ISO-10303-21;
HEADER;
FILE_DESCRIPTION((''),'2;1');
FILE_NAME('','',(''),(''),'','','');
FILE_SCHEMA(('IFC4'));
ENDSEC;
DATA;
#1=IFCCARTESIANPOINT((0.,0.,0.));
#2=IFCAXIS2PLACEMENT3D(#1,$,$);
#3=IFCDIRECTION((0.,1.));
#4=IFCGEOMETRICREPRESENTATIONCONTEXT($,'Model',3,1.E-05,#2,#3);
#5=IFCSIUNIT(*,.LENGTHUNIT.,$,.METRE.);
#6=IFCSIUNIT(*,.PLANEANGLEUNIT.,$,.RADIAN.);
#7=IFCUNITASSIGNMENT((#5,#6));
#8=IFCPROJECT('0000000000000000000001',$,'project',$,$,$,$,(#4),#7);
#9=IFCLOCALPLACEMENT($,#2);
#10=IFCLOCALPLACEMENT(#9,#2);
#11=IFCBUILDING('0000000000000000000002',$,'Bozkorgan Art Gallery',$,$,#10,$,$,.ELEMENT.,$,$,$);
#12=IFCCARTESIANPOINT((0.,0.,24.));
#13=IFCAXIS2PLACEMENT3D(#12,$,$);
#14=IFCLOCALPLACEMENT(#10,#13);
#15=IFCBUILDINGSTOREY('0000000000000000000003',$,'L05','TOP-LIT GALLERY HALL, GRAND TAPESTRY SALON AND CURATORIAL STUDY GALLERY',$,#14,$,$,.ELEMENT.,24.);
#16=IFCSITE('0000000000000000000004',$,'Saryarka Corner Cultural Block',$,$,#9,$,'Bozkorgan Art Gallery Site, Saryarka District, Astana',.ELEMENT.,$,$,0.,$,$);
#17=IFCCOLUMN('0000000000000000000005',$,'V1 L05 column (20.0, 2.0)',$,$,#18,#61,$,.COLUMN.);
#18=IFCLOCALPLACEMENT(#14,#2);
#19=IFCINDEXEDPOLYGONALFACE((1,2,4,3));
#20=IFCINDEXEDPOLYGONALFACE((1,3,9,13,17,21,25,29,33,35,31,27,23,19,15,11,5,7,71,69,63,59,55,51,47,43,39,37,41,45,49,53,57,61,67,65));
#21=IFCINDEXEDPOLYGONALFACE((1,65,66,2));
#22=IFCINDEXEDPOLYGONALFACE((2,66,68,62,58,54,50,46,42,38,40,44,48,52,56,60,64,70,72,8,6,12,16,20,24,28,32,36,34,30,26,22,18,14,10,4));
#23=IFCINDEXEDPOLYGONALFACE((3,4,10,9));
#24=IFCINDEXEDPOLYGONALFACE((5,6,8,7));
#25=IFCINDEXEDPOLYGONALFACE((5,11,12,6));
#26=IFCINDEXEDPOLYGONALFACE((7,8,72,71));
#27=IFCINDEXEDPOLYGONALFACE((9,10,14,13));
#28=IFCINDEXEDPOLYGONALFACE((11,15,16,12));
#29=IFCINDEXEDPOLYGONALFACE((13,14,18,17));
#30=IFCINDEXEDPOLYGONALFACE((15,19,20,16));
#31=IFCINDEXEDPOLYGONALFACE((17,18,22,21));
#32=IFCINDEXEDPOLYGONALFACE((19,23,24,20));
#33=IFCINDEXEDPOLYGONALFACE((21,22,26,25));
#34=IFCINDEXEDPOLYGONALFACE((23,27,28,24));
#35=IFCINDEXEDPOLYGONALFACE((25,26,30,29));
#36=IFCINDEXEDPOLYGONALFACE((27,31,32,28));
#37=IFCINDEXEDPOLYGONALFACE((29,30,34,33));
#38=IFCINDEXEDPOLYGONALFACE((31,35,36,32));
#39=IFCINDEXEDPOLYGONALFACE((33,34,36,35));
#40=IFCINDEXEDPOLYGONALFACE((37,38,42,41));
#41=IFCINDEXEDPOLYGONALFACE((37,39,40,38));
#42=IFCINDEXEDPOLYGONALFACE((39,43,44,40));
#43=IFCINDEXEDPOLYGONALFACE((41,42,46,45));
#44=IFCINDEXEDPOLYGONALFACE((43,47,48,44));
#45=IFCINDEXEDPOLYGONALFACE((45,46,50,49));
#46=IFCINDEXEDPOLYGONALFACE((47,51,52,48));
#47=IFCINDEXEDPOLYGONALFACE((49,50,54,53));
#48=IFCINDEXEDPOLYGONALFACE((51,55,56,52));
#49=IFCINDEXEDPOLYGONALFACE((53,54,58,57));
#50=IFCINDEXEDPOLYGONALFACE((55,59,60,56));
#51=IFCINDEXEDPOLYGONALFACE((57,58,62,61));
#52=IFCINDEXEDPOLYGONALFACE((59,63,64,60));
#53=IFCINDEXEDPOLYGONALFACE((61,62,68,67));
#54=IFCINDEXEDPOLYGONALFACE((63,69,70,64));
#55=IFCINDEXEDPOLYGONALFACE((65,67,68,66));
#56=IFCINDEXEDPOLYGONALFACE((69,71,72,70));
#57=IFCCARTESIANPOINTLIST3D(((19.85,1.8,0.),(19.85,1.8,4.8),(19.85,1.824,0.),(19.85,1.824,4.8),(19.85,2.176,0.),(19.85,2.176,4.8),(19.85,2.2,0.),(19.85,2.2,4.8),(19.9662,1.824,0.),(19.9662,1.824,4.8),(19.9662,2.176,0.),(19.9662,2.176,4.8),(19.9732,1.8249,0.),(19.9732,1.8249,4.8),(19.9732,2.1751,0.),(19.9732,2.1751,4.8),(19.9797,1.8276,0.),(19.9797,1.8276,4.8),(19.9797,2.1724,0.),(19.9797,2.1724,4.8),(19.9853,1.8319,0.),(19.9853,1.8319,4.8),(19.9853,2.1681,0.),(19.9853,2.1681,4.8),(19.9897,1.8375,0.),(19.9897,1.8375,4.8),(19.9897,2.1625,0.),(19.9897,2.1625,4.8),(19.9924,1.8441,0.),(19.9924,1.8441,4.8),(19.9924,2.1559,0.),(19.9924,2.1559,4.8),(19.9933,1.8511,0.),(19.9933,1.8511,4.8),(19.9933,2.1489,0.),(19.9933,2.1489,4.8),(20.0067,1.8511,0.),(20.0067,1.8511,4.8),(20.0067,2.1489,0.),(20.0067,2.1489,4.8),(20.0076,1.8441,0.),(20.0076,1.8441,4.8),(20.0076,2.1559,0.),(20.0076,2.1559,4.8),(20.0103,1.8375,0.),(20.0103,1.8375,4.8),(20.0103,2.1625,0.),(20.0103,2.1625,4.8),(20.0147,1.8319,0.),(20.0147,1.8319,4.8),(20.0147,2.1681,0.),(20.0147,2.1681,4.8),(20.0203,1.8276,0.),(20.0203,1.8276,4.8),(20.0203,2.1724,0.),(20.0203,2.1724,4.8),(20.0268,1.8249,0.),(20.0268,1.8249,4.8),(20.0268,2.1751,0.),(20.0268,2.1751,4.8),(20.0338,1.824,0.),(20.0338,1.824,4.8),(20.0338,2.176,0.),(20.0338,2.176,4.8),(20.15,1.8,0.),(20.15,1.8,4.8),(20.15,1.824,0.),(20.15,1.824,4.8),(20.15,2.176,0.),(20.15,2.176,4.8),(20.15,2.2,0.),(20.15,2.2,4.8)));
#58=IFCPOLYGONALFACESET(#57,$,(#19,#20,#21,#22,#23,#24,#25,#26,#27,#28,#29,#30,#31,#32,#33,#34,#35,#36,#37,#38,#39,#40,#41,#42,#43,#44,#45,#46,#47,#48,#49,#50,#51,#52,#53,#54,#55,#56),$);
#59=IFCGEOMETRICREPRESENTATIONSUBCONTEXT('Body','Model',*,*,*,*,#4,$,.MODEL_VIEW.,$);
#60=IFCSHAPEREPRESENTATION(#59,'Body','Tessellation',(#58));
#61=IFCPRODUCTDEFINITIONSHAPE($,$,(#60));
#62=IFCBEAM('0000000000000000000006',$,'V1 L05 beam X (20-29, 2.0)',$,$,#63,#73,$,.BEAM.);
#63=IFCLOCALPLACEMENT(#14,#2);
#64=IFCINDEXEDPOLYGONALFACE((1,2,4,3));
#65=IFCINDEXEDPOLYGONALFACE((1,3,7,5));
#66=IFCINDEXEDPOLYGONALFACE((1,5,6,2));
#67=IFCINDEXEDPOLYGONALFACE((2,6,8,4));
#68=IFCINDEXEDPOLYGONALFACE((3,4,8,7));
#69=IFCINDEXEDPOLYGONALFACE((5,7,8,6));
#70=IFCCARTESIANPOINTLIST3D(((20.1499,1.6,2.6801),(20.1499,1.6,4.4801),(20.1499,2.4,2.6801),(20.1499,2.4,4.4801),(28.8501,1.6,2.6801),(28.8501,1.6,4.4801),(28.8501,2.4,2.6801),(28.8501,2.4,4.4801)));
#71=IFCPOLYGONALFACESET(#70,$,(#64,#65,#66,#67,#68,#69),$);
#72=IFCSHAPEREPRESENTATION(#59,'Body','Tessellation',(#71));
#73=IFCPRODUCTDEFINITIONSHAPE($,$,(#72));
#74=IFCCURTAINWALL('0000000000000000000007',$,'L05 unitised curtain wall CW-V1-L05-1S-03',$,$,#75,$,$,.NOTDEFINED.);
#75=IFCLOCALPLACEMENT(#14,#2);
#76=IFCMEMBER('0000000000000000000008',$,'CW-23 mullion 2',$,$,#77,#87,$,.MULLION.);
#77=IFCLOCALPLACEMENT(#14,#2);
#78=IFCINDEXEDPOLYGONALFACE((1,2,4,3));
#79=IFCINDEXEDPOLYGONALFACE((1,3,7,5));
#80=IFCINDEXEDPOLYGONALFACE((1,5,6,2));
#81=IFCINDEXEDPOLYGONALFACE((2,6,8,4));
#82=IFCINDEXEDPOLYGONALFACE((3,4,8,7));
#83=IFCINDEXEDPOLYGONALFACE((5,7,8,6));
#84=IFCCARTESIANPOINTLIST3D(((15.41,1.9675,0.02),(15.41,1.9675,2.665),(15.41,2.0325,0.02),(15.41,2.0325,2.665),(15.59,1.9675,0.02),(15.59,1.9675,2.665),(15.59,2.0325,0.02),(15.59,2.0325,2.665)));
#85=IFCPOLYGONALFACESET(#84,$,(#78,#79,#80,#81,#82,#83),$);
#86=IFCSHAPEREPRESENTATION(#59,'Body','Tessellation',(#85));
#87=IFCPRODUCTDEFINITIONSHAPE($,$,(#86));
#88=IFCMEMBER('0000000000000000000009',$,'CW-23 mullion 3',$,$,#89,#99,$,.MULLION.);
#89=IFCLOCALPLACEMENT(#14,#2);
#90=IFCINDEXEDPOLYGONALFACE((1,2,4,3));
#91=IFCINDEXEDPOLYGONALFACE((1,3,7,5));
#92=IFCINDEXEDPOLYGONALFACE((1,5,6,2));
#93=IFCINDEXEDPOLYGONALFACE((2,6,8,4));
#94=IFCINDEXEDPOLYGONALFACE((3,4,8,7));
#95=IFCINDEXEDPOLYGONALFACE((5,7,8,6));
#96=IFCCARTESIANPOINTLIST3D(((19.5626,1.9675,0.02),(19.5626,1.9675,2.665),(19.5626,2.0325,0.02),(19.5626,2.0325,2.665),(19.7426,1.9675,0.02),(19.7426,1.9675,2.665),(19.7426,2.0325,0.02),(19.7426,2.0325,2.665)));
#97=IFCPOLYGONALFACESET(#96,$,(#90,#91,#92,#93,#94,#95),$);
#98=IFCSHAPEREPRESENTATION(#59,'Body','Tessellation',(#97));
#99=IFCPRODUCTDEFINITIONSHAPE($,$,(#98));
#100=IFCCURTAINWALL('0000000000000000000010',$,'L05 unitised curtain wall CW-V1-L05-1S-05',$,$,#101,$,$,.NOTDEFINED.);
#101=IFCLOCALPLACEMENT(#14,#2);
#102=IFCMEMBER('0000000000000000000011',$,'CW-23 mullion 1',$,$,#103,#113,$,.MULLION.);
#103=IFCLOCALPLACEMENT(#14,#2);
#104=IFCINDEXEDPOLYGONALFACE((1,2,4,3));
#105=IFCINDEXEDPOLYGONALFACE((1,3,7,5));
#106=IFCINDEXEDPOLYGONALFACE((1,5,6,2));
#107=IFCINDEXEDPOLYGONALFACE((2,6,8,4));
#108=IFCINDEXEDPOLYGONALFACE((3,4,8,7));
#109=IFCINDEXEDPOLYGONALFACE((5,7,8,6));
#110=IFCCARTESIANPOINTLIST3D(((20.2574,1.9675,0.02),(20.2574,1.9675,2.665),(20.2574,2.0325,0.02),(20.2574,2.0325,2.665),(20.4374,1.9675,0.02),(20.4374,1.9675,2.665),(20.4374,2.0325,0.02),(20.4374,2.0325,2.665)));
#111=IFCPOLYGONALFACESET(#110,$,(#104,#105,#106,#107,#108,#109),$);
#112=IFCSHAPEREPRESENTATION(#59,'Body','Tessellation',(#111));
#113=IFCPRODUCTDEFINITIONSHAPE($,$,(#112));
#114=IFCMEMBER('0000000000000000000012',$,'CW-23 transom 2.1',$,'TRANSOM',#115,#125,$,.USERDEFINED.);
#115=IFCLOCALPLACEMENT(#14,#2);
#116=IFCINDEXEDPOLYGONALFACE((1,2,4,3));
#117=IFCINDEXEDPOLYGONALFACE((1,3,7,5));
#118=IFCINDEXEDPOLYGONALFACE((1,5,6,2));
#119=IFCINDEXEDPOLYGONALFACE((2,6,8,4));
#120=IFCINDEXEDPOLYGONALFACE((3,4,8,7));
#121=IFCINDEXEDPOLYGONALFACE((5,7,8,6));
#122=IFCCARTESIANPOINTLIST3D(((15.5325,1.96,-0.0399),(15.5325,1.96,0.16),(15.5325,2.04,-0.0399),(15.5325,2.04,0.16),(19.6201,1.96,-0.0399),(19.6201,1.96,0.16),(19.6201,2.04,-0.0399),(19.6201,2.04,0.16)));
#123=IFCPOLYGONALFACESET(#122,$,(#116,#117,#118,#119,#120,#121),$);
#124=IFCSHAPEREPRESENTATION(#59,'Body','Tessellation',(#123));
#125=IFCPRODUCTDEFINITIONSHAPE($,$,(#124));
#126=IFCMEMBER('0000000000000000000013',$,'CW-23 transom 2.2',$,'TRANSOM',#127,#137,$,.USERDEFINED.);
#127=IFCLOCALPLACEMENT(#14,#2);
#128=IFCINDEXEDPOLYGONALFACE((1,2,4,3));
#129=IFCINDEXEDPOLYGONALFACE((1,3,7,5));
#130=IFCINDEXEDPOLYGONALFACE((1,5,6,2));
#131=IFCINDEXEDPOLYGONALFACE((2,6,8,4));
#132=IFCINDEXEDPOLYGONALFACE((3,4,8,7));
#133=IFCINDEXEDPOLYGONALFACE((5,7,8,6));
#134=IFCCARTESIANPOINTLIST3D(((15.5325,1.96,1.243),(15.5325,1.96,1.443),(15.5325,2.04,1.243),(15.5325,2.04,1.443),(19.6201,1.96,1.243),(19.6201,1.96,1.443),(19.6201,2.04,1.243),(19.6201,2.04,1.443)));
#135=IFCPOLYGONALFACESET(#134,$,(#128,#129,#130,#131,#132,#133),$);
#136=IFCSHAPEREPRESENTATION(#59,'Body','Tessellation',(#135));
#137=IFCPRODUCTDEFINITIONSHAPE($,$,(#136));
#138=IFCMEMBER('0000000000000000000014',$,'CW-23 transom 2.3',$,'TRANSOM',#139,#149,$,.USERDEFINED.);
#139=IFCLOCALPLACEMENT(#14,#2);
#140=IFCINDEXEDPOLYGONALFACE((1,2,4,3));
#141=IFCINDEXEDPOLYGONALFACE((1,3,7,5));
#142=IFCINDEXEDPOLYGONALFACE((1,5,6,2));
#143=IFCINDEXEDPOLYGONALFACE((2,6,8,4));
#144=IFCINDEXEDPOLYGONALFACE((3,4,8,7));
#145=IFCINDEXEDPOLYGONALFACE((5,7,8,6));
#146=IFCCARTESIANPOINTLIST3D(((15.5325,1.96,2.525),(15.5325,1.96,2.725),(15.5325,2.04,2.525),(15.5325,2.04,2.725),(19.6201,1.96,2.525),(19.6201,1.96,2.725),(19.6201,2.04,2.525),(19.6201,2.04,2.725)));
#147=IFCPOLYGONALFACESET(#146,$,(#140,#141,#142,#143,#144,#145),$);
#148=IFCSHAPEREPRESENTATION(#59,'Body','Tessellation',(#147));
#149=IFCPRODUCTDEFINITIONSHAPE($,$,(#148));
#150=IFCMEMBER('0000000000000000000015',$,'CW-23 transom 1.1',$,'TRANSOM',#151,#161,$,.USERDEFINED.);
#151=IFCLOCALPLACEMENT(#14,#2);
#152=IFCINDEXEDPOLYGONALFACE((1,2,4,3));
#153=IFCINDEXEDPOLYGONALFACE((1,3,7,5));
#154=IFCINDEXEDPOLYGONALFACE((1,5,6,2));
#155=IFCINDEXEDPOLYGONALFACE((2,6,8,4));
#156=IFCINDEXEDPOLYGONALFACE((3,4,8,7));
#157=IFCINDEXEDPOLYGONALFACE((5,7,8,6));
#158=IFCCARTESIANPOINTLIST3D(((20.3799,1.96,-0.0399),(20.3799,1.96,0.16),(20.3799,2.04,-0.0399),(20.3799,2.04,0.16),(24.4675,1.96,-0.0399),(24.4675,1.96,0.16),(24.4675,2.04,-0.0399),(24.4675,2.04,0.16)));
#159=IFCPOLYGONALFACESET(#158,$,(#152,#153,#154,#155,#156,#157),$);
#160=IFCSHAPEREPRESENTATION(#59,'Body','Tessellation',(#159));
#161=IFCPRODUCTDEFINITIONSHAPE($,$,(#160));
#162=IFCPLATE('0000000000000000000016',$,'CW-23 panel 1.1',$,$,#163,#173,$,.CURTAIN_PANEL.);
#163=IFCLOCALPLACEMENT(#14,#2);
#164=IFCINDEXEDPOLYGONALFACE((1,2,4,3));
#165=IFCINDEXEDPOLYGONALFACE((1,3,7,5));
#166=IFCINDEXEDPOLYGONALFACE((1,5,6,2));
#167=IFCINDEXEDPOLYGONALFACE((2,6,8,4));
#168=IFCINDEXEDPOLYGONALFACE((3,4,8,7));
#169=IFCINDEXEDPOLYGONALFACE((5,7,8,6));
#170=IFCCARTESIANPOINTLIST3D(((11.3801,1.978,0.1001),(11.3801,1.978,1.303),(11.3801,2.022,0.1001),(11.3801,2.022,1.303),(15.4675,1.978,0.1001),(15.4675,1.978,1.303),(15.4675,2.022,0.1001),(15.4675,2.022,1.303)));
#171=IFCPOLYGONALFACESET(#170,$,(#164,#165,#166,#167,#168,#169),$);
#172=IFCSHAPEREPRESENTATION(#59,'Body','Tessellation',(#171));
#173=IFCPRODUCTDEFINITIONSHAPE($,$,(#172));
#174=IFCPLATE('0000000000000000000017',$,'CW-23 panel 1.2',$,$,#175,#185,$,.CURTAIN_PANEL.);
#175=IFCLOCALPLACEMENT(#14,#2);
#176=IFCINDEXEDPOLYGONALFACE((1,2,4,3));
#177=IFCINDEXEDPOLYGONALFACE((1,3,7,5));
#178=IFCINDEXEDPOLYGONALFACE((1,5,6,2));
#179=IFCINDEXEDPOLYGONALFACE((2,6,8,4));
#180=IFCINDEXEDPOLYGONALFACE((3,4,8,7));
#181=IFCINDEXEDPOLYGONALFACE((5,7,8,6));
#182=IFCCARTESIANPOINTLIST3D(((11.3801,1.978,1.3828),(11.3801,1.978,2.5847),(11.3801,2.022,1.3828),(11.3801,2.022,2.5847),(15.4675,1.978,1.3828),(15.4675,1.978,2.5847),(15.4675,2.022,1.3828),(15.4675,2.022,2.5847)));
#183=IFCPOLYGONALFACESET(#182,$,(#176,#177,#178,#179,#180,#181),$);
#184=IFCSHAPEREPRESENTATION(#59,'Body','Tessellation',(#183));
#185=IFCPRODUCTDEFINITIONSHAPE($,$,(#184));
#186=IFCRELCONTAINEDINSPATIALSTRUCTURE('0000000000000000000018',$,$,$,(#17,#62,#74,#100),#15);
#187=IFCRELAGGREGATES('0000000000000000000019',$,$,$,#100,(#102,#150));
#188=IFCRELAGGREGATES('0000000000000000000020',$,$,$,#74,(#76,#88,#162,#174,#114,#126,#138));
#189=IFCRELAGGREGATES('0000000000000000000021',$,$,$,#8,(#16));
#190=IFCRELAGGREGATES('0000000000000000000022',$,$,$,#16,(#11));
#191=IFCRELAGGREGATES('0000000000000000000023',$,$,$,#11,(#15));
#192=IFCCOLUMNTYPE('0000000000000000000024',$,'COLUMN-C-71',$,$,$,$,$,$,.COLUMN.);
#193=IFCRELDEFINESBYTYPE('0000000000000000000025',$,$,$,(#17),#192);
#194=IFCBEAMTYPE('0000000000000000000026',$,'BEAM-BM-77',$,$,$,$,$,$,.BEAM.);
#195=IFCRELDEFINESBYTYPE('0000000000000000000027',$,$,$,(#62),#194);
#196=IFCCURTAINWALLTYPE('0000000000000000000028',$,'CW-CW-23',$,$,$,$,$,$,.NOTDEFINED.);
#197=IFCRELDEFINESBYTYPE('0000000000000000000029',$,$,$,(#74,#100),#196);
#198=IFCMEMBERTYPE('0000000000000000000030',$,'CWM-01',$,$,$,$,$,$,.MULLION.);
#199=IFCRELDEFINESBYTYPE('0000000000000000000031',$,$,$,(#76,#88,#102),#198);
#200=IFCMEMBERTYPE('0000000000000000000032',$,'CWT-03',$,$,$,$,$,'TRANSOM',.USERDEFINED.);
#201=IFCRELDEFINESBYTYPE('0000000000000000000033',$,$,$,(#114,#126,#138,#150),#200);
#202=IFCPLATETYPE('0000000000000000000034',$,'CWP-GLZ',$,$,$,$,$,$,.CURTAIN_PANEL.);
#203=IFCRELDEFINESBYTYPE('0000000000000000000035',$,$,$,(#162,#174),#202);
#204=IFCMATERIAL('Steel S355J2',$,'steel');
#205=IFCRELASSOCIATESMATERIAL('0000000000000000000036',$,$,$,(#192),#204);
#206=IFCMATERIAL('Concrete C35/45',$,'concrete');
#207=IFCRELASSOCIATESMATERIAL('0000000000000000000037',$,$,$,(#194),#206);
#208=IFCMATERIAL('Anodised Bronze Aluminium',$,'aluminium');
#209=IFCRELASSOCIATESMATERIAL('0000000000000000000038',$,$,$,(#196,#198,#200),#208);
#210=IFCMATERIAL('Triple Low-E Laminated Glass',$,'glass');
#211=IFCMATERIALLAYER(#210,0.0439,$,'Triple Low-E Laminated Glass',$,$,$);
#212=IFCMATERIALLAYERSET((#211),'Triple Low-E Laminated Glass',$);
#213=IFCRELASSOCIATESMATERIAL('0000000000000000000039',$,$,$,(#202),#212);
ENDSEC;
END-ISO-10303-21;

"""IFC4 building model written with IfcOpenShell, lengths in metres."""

from ifc_helpers import new_model, si_unit, direction, frame, origin, origin_2d, place, context, subcontext, project, spatial, rectangle, i_section, extrude, material, layer, layer_set, material_profile, profile_set, type_object, element, aggregate, save


model = new_model("IFC4")

# Units and contexts
model_context = context("Model", 3, precision=1e-05, world=origin(), true_north=direction((0.0, 1.0)))
body_context = subcontext(model_context, "Body", "Model", "MODEL_VIEW")
ifc_project = project(units=[si_unit("LENGTHUNIT", "METRE"), si_unit("PLANEANGLEUNIT", "RADIAN")], contexts=[model_context])

# Site, building, storey
site_placement = place(None, origin())
site = spatial("IfcSite", under=ifc_project, at=site_placement, Name="Saryarka Corner Cultural Block", LongName="Bozkorgan Art Gallery Site, Saryarka District, Astana", CompositionType="ELEMENT", RefElevation=0.0)
building_placement = place(site_placement, origin())
building = spatial("IfcBuilding", under=site, at=building_placement, Name="Bozkorgan Art Gallery", CompositionType="ELEMENT")
storey_placement = place(building_placement, frame((0.0, 0.0, 24.0)))
storey = spatial("IfcBuildingStorey", under=building, at=storey_placement, Name="L05", Description="TOP-LIT GALLERY HALL, GRAND TAPESTRY SALON AND CURATORIAL STUDY GALLERY", CompositionType="ELEMENT", Elevation=24.0)

# Column
ifc_material_1 = material(Name="Steel S355J2", Category="steel")
ifc_material_profile_1 = material_profile(ifc_material_1, i_section(OverallWidth=0.3, OverallDepth=0.3999, WebThickness=0.0134, FlangeThickness=0.0239, FilletRadius=0.0271, at=origin_2d()), Name="HEB 400")
ifc_profile_set_1 = profile_set([ifc_material_profile_1], Name="Steel S355J2")
column_type = type_object("IfcColumnType", Name="COLUMN-C-71", PredefinedType="COLUMN", material=ifc_profile_set_1)
column_placement = place(storey_placement, frame((20.0, 2.0, 0.0), z_axis=(0.0, 0.0, 1.0), x_axis=(1.0, 0.0, 0.0)))
element("IfcColumn", 1, at=column_placement, inside=storey, type_object=column_type, Name="V1 L05 column (20.0, 2.0)", PredefinedType="COLUMN", context=body_context, shape_type="SweptSolid", body=[
    extrude(i_section(OverallWidth=0.3, OverallDepth=0.3999, WebThickness=0.0134, FlangeThickness=0.0239, FilletRadius=0.0271, at=origin_2d()), origin(), (0.0, 0.0, 1.0), 4.8),
])

# Beam
ifc_material_2 = material(Name="Concrete C35/45", Category="concrete")
ifc_material_profile_2 = material_profile(ifc_material_2, rectangle(XDim=0.8, YDim=1.8, at=origin_2d()), Name="RC 800x1800")
ifc_profile_set_2 = profile_set([ifc_material_profile_2], Name="Concrete C35/45")
beam_type = type_object("IfcBeamType", Name="BEAM-BM-77", PredefinedType="BEAM", material=ifc_profile_set_2)
beam_placement = place(storey_placement, frame((20.1499, 2.0, 3.5801), z_axis=(1.0, 0.0, 0.0), x_axis=(0.0, 1.0, 0.0)))
element("IfcBeam", 2, at=beam_placement, inside=storey, type_object=beam_type, Name="V1 L05 beam X (20-29, 2.0)", PredefinedType="BEAM", context=body_context, shape_type="SweptSolid", body=[
    extrude(rectangle(XDim=0.8, YDim=1.8, at=origin_2d()), origin(), (0.0, 0.0, 1.0), 8.7002),
])

# Curtain wall, members
ifc_material_3 = material(Name="Anodised Bronze Aluminium", Category="aluminium")
curtain_wall_type = type_object("IfcCurtainWallType", Name="CW-CW-23", PredefinedType="NOTDEFINED", material=ifc_material_3)
curtain_wall_1_placement = place(storey_placement, origin())
curtain_wall_1 = element("IfcCurtainWall", 3, at=curtain_wall_1_placement, inside=storey, type_object=curtain_wall_type, Name="L05 unitised curtain wall CW-V1-L05-1S-03", PredefinedType="NOTDEFINED")
ifc_material_profile_3 = material_profile(ifc_material_3, rectangle(XDim=0.0649, YDim=0.1799, at=origin_2d()), Name="ALU MULLION 65x180")
ifc_profile_set_3 = profile_set([ifc_material_profile_3], Name="Anodised Bronze Aluminium")
member_type_1 = type_object("IfcMemberType", Name="CWM-01", PredefinedType="MULLION", material=ifc_profile_set_3)
member_1_placement = place(storey_placement, frame((15.5, 2.0, 0.02), z_axis=(0.0, 0.0, 1.0), x_axis=(0.0, 1.0, 0.0)))
member_1 = element("IfcMember", 4, at=member_1_placement, type_object=member_type_1, Name="CW-23 mullion 2", PredefinedType="MULLION", context=body_context, shape_type="SweptSolid", body=[
    extrude(rectangle(XDim=0.0649, YDim=0.1799, at=origin_2d()), origin(), (0.0, 0.0, 1.0), 2.645),
])
member_2_placement = place(storey_placement, frame((19.6526, 2.0, 0.02), z_axis=(0.0, 0.0, 1.0), x_axis=(0.0, 1.0, 0.0)))
member_2 = element("IfcMember", 5, at=member_2_placement, type_object=member_type_1, Name="CW-23 mullion 3", PredefinedType="MULLION", context=body_context, shape_type="SweptSolid", body=[
    extrude(rectangle(XDim=0.0649, YDim=0.1799, at=origin_2d()), origin(), (0.0, 0.0, 1.0), 2.645),
])

# Curtain wall, member
curtain_wall_2_placement = place(storey_placement, origin())
curtain_wall_2 = element("IfcCurtainWall", 6, at=curtain_wall_2_placement, inside=storey, type_object=curtain_wall_type, Name="L05 unitised curtain wall CW-V1-L05-1S-05", PredefinedType="NOTDEFINED")
member_3_placement = place(storey_placement, frame((20.3474, 2.0, 0.02), z_axis=(0.0, 0.0, 1.0), x_axis=(0.0, 1.0, 0.0)))
member_3 = element("IfcMember", 7, at=member_3_placement, type_object=member_type_1, Name="CW-23 mullion 1", PredefinedType="MULLION", context=body_context, shape_type="SweptSolid", body=[
    extrude(rectangle(XDim=0.0649, YDim=0.1799, at=origin_2d()), origin(), (0.0, 0.0, 1.0), 2.645),
])

# Members
ifc_material_profile_4 = material_profile(ifc_material_3, rectangle(XDim=0.0801, YDim=0.2, at=origin_2d()), Name="ALU TRANSOM 80x200")
ifc_profile_set_4 = profile_set([ifc_material_profile_4], Name="Anodised Bronze Aluminium")
member_type_2 = type_object("IfcMemberType", Name="CWT-03", ElementType="TRANSOM", PredefinedType="USERDEFINED", material=ifc_profile_set_4)
member_4_placement = place(storey_placement, frame((15.5325, 2.0, 0.0601), z_axis=(1.0, 0.0, 0.0), x_axis=(0.0, 1.0, 0.0)))
member_4 = element("IfcMember", 8, at=member_4_placement, type_object=member_type_2, Name="CW-23 transom 2.1", ObjectType="TRANSOM", PredefinedType="USERDEFINED", context=body_context, shape_type="SweptSolid", body=[
    extrude(rectangle(XDim=0.0801, YDim=0.2, at=origin_2d()), origin(), (0.0, 0.0, 1.0), 4.0876),
])
member_5_placement = place(storey_placement, frame((15.5325, 2.0, 1.343), z_axis=(1.0, 0.0, 0.0), x_axis=(0.0, 1.0, 0.0)))
member_5 = element("IfcMember", 9, at=member_5_placement, type_object=member_type_2, Name="CW-23 transom 2.2", ObjectType="TRANSOM", PredefinedType="USERDEFINED", context=body_context, shape_type="SweptSolid", body=[
    extrude(rectangle(XDim=0.0801, YDim=0.2, at=origin_2d()), origin(), (0.0, 0.0, 1.0), 4.0876),
])
member_6_placement = place(storey_placement, frame((15.5325, 2.0, 2.625), z_axis=(1.0, 0.0, 0.0), x_axis=(0.0, 1.0, 0.0)))
member_6 = element("IfcMember", 10, at=member_6_placement, type_object=member_type_2, Name="CW-23 transom 2.3", ObjectType="TRANSOM", PredefinedType="USERDEFINED", context=body_context, shape_type="SweptSolid", body=[
    extrude(rectangle(XDim=0.0801, YDim=0.2, at=origin_2d()), origin(), (0.0, 0.0, 1.0), 4.0876),
])
member_7_placement = place(storey_placement, frame((20.3799, 2.0, 0.0601), z_axis=(1.0, 0.0, 0.0), x_axis=(0.0, 1.0, 0.0)))
member_7 = element("IfcMember", 11, at=member_7_placement, type_object=member_type_2, Name="CW-23 transom 1.1", ObjectType="TRANSOM", PredefinedType="USERDEFINED", context=body_context, shape_type="SweptSolid", body=[
    extrude(rectangle(XDim=0.0801, YDim=0.2, at=origin_2d()), origin(), (0.0, 0.0, 1.0), 4.0876),
])
aggregate(curtain_wall_2, [member_3, member_7])

# Plates
ifc_material_4 = material(Name="Triple Low-E Laminated Glass", Category="glass")
ifc_layer_1 = layer(ifc_material_4, 0.0439, Name="Triple Low-E Laminated Glass")
ifc_layer_set_1 = layer_set([ifc_layer_1], Name="Triple Low-E Laminated Glass")
plate_type_1 = type_object("IfcPlateType", Name="CWP-GLZ", PredefinedType="CURTAIN_PANEL", material=ifc_layer_set_1)
plate_1_placement = place(storey_placement, frame((13.4238, 2.0, 0.1001), z_axis=(0.0, 0.0, 1.0), x_axis=(1.0, 0.0, 0.0)))
plate_1 = element("IfcPlate", 12, at=plate_1_placement, type_object=plate_type_1, Name="CW-23 panel 1.1", PredefinedType="CURTAIN_PANEL", context=body_context, shape_type="SweptSolid", body=[
    extrude(rectangle(XDim=4.0874, YDim=0.0439, at=origin_2d()), origin(), (0.0, 0.0, 1.0), 1.2029),
])
plate_2_placement = place(storey_placement, frame((13.4238, 2.0, 1.3828), z_axis=(0.0, 0.0, 1.0), x_axis=(1.0, 0.0, 0.0)))
plate_2 = element("IfcPlate", 13, at=plate_2_placement, type_object=plate_type_1, Name="CW-23 panel 1.2", PredefinedType="CURTAIN_PANEL", context=body_context, shape_type="SweptSolid", body=[
    extrude(rectangle(XDim=4.0874, YDim=0.0439, at=origin_2d()), origin(), (0.0, 0.0, 1.0), 1.2019),
])
aggregate(curtain_wall_1, [member_1, member_2, plate_1, plate_2, member_4, member_5, member_6])

save(model, "model.ifc")
